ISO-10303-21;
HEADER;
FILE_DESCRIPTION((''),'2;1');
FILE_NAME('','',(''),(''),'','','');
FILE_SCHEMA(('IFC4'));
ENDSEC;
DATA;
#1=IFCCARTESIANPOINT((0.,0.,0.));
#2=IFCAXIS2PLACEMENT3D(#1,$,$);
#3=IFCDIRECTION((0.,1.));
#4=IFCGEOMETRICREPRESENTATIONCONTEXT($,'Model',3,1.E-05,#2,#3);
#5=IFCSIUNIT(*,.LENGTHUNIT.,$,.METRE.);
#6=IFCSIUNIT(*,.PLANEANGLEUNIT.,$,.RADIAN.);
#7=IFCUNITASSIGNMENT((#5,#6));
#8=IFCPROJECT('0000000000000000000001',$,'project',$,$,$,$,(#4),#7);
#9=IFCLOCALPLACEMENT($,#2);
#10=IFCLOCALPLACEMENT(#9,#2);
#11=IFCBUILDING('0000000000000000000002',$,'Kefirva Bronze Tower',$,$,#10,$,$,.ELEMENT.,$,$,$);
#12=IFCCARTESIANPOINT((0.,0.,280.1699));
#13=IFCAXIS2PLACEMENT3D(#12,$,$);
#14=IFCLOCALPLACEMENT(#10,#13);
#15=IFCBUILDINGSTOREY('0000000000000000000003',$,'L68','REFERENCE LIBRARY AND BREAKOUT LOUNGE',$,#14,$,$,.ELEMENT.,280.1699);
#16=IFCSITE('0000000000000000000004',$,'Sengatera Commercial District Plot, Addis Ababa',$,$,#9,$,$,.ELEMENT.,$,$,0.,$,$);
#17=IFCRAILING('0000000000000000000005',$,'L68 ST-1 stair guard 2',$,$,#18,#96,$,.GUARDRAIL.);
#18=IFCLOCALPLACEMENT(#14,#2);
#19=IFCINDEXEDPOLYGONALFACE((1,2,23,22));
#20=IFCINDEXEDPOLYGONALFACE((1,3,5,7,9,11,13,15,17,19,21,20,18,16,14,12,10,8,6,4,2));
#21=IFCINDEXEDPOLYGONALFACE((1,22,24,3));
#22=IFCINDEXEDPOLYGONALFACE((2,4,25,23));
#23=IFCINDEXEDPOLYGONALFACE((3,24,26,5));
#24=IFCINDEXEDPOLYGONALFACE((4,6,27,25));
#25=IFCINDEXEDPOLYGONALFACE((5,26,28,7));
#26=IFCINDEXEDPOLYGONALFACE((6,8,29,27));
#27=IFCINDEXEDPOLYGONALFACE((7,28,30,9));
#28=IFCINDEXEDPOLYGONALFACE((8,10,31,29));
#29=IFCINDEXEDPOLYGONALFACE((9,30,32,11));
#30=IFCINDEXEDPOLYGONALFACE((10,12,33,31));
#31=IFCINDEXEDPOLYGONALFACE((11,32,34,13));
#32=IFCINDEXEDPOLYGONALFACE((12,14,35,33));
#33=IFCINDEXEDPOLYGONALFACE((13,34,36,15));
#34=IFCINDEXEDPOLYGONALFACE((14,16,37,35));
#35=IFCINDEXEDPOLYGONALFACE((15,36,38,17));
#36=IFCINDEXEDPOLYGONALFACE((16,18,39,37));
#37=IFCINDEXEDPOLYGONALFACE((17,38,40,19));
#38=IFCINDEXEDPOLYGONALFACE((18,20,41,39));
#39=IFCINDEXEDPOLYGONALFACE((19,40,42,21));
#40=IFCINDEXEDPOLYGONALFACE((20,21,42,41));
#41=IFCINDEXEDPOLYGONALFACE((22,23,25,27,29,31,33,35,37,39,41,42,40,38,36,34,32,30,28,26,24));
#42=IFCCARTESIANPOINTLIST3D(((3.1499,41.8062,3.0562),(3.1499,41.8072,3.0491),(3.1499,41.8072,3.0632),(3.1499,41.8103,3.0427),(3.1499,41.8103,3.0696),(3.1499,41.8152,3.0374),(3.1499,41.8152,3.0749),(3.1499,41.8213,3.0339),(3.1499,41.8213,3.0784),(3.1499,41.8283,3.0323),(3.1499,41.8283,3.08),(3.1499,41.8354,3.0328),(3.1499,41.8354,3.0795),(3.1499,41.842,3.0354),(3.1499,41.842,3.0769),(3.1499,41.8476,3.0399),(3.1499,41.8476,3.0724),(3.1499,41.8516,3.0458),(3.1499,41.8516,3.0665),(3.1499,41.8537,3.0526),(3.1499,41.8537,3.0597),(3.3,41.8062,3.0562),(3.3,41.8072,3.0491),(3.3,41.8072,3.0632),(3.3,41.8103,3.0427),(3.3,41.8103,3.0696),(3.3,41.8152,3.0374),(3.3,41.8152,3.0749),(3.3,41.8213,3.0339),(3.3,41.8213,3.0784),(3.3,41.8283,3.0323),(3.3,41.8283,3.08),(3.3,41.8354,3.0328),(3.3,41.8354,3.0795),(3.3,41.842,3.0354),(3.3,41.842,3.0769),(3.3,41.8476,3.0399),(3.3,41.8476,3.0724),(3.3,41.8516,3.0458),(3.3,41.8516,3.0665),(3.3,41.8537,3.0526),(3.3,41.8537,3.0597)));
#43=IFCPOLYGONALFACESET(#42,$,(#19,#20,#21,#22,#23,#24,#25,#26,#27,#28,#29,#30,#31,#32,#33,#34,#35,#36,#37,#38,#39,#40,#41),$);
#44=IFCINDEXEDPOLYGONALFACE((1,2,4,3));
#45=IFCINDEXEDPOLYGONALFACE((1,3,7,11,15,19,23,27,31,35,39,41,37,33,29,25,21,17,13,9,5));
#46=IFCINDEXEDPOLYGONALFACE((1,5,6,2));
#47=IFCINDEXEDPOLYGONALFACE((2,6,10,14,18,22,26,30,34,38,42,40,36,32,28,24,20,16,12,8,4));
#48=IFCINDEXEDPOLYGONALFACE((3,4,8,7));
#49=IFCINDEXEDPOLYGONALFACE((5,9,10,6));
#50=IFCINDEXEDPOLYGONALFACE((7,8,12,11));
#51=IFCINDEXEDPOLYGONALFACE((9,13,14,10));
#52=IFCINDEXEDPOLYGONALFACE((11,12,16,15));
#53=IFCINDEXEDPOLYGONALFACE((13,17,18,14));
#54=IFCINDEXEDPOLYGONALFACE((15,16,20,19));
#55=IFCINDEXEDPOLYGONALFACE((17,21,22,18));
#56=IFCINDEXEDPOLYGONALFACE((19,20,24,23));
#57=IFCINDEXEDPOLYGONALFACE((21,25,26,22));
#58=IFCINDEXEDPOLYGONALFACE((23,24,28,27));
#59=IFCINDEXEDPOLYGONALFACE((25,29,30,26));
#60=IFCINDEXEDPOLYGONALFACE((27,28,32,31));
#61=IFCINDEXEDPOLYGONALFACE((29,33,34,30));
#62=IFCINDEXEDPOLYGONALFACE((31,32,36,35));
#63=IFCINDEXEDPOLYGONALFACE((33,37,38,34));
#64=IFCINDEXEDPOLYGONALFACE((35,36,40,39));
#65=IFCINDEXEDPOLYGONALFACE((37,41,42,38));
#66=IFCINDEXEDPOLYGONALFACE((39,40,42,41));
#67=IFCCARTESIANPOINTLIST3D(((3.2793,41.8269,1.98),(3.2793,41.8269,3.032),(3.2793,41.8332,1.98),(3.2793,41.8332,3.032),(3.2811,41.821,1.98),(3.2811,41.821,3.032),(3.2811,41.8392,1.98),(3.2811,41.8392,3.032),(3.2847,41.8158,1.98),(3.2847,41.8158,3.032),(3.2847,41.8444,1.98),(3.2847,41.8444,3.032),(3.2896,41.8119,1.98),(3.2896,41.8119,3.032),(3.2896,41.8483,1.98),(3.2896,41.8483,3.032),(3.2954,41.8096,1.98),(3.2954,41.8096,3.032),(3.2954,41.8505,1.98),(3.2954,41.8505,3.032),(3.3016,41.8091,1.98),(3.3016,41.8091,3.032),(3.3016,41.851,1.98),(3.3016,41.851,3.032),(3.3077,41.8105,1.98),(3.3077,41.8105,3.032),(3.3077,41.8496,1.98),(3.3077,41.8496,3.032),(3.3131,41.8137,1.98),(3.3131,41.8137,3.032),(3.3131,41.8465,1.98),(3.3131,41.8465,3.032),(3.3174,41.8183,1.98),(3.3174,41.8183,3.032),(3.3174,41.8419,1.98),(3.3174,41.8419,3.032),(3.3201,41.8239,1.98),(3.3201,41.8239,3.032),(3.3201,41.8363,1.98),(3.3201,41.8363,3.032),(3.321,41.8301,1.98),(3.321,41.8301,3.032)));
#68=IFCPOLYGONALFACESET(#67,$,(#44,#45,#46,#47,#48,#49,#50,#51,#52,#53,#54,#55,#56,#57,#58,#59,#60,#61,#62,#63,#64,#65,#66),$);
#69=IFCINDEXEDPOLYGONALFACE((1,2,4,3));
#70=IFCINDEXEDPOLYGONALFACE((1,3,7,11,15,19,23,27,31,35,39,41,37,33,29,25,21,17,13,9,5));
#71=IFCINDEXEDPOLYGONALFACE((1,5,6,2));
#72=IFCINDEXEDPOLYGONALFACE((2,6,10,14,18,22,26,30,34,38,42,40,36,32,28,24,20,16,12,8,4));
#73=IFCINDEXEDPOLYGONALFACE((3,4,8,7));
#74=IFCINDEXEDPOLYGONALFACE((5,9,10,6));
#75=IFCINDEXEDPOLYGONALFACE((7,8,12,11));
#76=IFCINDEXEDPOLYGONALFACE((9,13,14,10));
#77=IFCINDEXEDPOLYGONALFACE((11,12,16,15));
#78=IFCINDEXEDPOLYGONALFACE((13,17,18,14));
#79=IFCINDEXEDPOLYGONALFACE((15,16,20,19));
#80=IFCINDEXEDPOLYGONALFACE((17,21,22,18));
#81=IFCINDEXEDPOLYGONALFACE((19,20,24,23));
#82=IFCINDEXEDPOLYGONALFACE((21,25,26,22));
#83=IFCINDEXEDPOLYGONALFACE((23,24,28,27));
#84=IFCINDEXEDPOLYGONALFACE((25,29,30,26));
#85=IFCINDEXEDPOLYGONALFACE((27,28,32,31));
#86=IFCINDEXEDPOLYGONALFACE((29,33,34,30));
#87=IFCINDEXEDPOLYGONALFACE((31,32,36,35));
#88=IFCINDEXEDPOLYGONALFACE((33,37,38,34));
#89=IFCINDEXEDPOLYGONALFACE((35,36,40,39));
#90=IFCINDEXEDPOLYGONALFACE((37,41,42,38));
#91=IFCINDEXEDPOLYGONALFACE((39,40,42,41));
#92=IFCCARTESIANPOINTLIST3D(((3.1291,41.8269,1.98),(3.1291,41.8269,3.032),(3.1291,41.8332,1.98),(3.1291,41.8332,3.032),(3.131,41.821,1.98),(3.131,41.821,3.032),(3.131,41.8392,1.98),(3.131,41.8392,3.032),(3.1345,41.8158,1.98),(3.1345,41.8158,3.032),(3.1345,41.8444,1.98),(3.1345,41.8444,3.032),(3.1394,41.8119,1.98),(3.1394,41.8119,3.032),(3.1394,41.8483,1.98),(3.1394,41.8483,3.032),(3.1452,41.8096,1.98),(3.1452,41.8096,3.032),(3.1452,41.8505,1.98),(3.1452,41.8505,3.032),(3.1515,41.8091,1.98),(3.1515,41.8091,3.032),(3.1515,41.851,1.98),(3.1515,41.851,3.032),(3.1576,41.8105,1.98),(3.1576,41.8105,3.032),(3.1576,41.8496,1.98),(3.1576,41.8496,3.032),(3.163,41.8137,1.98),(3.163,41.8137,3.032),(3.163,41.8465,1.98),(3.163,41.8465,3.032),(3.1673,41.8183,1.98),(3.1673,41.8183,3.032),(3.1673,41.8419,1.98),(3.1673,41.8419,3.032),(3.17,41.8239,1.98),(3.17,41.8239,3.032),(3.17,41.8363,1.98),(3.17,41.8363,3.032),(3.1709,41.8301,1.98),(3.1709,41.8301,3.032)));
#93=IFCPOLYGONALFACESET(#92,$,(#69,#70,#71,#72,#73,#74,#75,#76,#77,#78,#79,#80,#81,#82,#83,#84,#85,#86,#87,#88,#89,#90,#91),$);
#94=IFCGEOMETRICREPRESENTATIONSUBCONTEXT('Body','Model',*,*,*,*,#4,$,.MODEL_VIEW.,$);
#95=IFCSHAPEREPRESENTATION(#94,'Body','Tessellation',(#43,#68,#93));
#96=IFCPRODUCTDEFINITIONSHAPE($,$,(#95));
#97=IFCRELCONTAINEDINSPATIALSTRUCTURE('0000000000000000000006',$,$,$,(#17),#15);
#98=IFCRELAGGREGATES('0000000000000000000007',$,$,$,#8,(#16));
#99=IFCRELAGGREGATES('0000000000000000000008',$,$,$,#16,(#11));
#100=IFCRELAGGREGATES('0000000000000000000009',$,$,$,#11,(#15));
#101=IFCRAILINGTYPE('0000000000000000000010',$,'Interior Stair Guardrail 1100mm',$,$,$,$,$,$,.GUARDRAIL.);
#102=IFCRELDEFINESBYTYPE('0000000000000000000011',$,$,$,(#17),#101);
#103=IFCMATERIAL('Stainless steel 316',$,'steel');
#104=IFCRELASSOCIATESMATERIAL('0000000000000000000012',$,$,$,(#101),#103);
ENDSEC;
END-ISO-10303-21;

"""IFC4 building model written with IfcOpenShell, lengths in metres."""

from ifc_helpers import new_model, si_unit, direction, frame, origin, origin_2d, place, context, subcontext, project, spatial, circle, extrude, material, type_object, element, save


model = new_model("IFC4")

# Units and contexts
model_context = context("Model", 3, precision=1e-05, world=origin(), true_north=direction((0.0, 1.0)))
body_context = subcontext(model_context, "Body", "Model", "MODEL_VIEW")
ifc_project = project(units=[si_unit("LENGTHUNIT", "METRE"), si_unit("PLANEANGLEUNIT", "RADIAN")], contexts=[model_context])

# Site, building, storey
site_placement = place(None, origin())
site = spatial("IfcSite", under=ifc_project, at=site_placement, Name="Sengatera Commercial District Plot, Addis Ababa", CompositionType="ELEMENT", RefElevation=0.0)
building_placement = place(site_placement, origin())
building = spatial("IfcBuilding", under=site, at=building_placement, Name="Kefirva Bronze Tower", CompositionType="ELEMENT")
storey_placement = place(building_placement, frame((0.0, 0.0, 280.1699)))
storey = spatial("IfcBuildingStorey", under=building, at=storey_placement, Name="L68", Description="REFERENCE LIBRARY AND BREAKOUT LOUNGE", CompositionType="ELEMENT", Elevation=280.1699)

# Railing
ifc_material_1 = material(Name="Stainless steel 316", Category="steel")
railing_type_1 = type_object("IfcRailingType", Name="Interior Stair Guardrail 1100mm", PredefinedType="GUARDRAIL", material=ifc_material_1)
railing_1_placement = place(storey_placement, frame((3.3, 41.8301, 1.98)))
element("IfcRailing", 1, at=railing_1_placement, inside=storey, type_object=railing_type_1, Name="L68 ST-1 stair guard 2", PredefinedType="GUARDRAIL", context=body_context, shape_type="SweptSolid", body=[
    extrude(circle(Radius=0.0239, at=origin_2d()), frame((0.0, 0.0, 1.0762), z_axis=(-1.0, 0.0, 0.0), x_axis=(0.0, -1.0, 0.0)), (0.0, 0.0, 1.0), 0.1501),
    extrude(circle(Radius=0.021, at=origin_2d()), origin(), (0.0, 0.0, 1.0), 1.052),
    extrude(circle(Radius=0.021, at=origin_2d()), frame((-0.1501, 0.0, 0.0)), (0.0, 0.0, 1.0), 1.052),
])

save(model, "model.ifc")
